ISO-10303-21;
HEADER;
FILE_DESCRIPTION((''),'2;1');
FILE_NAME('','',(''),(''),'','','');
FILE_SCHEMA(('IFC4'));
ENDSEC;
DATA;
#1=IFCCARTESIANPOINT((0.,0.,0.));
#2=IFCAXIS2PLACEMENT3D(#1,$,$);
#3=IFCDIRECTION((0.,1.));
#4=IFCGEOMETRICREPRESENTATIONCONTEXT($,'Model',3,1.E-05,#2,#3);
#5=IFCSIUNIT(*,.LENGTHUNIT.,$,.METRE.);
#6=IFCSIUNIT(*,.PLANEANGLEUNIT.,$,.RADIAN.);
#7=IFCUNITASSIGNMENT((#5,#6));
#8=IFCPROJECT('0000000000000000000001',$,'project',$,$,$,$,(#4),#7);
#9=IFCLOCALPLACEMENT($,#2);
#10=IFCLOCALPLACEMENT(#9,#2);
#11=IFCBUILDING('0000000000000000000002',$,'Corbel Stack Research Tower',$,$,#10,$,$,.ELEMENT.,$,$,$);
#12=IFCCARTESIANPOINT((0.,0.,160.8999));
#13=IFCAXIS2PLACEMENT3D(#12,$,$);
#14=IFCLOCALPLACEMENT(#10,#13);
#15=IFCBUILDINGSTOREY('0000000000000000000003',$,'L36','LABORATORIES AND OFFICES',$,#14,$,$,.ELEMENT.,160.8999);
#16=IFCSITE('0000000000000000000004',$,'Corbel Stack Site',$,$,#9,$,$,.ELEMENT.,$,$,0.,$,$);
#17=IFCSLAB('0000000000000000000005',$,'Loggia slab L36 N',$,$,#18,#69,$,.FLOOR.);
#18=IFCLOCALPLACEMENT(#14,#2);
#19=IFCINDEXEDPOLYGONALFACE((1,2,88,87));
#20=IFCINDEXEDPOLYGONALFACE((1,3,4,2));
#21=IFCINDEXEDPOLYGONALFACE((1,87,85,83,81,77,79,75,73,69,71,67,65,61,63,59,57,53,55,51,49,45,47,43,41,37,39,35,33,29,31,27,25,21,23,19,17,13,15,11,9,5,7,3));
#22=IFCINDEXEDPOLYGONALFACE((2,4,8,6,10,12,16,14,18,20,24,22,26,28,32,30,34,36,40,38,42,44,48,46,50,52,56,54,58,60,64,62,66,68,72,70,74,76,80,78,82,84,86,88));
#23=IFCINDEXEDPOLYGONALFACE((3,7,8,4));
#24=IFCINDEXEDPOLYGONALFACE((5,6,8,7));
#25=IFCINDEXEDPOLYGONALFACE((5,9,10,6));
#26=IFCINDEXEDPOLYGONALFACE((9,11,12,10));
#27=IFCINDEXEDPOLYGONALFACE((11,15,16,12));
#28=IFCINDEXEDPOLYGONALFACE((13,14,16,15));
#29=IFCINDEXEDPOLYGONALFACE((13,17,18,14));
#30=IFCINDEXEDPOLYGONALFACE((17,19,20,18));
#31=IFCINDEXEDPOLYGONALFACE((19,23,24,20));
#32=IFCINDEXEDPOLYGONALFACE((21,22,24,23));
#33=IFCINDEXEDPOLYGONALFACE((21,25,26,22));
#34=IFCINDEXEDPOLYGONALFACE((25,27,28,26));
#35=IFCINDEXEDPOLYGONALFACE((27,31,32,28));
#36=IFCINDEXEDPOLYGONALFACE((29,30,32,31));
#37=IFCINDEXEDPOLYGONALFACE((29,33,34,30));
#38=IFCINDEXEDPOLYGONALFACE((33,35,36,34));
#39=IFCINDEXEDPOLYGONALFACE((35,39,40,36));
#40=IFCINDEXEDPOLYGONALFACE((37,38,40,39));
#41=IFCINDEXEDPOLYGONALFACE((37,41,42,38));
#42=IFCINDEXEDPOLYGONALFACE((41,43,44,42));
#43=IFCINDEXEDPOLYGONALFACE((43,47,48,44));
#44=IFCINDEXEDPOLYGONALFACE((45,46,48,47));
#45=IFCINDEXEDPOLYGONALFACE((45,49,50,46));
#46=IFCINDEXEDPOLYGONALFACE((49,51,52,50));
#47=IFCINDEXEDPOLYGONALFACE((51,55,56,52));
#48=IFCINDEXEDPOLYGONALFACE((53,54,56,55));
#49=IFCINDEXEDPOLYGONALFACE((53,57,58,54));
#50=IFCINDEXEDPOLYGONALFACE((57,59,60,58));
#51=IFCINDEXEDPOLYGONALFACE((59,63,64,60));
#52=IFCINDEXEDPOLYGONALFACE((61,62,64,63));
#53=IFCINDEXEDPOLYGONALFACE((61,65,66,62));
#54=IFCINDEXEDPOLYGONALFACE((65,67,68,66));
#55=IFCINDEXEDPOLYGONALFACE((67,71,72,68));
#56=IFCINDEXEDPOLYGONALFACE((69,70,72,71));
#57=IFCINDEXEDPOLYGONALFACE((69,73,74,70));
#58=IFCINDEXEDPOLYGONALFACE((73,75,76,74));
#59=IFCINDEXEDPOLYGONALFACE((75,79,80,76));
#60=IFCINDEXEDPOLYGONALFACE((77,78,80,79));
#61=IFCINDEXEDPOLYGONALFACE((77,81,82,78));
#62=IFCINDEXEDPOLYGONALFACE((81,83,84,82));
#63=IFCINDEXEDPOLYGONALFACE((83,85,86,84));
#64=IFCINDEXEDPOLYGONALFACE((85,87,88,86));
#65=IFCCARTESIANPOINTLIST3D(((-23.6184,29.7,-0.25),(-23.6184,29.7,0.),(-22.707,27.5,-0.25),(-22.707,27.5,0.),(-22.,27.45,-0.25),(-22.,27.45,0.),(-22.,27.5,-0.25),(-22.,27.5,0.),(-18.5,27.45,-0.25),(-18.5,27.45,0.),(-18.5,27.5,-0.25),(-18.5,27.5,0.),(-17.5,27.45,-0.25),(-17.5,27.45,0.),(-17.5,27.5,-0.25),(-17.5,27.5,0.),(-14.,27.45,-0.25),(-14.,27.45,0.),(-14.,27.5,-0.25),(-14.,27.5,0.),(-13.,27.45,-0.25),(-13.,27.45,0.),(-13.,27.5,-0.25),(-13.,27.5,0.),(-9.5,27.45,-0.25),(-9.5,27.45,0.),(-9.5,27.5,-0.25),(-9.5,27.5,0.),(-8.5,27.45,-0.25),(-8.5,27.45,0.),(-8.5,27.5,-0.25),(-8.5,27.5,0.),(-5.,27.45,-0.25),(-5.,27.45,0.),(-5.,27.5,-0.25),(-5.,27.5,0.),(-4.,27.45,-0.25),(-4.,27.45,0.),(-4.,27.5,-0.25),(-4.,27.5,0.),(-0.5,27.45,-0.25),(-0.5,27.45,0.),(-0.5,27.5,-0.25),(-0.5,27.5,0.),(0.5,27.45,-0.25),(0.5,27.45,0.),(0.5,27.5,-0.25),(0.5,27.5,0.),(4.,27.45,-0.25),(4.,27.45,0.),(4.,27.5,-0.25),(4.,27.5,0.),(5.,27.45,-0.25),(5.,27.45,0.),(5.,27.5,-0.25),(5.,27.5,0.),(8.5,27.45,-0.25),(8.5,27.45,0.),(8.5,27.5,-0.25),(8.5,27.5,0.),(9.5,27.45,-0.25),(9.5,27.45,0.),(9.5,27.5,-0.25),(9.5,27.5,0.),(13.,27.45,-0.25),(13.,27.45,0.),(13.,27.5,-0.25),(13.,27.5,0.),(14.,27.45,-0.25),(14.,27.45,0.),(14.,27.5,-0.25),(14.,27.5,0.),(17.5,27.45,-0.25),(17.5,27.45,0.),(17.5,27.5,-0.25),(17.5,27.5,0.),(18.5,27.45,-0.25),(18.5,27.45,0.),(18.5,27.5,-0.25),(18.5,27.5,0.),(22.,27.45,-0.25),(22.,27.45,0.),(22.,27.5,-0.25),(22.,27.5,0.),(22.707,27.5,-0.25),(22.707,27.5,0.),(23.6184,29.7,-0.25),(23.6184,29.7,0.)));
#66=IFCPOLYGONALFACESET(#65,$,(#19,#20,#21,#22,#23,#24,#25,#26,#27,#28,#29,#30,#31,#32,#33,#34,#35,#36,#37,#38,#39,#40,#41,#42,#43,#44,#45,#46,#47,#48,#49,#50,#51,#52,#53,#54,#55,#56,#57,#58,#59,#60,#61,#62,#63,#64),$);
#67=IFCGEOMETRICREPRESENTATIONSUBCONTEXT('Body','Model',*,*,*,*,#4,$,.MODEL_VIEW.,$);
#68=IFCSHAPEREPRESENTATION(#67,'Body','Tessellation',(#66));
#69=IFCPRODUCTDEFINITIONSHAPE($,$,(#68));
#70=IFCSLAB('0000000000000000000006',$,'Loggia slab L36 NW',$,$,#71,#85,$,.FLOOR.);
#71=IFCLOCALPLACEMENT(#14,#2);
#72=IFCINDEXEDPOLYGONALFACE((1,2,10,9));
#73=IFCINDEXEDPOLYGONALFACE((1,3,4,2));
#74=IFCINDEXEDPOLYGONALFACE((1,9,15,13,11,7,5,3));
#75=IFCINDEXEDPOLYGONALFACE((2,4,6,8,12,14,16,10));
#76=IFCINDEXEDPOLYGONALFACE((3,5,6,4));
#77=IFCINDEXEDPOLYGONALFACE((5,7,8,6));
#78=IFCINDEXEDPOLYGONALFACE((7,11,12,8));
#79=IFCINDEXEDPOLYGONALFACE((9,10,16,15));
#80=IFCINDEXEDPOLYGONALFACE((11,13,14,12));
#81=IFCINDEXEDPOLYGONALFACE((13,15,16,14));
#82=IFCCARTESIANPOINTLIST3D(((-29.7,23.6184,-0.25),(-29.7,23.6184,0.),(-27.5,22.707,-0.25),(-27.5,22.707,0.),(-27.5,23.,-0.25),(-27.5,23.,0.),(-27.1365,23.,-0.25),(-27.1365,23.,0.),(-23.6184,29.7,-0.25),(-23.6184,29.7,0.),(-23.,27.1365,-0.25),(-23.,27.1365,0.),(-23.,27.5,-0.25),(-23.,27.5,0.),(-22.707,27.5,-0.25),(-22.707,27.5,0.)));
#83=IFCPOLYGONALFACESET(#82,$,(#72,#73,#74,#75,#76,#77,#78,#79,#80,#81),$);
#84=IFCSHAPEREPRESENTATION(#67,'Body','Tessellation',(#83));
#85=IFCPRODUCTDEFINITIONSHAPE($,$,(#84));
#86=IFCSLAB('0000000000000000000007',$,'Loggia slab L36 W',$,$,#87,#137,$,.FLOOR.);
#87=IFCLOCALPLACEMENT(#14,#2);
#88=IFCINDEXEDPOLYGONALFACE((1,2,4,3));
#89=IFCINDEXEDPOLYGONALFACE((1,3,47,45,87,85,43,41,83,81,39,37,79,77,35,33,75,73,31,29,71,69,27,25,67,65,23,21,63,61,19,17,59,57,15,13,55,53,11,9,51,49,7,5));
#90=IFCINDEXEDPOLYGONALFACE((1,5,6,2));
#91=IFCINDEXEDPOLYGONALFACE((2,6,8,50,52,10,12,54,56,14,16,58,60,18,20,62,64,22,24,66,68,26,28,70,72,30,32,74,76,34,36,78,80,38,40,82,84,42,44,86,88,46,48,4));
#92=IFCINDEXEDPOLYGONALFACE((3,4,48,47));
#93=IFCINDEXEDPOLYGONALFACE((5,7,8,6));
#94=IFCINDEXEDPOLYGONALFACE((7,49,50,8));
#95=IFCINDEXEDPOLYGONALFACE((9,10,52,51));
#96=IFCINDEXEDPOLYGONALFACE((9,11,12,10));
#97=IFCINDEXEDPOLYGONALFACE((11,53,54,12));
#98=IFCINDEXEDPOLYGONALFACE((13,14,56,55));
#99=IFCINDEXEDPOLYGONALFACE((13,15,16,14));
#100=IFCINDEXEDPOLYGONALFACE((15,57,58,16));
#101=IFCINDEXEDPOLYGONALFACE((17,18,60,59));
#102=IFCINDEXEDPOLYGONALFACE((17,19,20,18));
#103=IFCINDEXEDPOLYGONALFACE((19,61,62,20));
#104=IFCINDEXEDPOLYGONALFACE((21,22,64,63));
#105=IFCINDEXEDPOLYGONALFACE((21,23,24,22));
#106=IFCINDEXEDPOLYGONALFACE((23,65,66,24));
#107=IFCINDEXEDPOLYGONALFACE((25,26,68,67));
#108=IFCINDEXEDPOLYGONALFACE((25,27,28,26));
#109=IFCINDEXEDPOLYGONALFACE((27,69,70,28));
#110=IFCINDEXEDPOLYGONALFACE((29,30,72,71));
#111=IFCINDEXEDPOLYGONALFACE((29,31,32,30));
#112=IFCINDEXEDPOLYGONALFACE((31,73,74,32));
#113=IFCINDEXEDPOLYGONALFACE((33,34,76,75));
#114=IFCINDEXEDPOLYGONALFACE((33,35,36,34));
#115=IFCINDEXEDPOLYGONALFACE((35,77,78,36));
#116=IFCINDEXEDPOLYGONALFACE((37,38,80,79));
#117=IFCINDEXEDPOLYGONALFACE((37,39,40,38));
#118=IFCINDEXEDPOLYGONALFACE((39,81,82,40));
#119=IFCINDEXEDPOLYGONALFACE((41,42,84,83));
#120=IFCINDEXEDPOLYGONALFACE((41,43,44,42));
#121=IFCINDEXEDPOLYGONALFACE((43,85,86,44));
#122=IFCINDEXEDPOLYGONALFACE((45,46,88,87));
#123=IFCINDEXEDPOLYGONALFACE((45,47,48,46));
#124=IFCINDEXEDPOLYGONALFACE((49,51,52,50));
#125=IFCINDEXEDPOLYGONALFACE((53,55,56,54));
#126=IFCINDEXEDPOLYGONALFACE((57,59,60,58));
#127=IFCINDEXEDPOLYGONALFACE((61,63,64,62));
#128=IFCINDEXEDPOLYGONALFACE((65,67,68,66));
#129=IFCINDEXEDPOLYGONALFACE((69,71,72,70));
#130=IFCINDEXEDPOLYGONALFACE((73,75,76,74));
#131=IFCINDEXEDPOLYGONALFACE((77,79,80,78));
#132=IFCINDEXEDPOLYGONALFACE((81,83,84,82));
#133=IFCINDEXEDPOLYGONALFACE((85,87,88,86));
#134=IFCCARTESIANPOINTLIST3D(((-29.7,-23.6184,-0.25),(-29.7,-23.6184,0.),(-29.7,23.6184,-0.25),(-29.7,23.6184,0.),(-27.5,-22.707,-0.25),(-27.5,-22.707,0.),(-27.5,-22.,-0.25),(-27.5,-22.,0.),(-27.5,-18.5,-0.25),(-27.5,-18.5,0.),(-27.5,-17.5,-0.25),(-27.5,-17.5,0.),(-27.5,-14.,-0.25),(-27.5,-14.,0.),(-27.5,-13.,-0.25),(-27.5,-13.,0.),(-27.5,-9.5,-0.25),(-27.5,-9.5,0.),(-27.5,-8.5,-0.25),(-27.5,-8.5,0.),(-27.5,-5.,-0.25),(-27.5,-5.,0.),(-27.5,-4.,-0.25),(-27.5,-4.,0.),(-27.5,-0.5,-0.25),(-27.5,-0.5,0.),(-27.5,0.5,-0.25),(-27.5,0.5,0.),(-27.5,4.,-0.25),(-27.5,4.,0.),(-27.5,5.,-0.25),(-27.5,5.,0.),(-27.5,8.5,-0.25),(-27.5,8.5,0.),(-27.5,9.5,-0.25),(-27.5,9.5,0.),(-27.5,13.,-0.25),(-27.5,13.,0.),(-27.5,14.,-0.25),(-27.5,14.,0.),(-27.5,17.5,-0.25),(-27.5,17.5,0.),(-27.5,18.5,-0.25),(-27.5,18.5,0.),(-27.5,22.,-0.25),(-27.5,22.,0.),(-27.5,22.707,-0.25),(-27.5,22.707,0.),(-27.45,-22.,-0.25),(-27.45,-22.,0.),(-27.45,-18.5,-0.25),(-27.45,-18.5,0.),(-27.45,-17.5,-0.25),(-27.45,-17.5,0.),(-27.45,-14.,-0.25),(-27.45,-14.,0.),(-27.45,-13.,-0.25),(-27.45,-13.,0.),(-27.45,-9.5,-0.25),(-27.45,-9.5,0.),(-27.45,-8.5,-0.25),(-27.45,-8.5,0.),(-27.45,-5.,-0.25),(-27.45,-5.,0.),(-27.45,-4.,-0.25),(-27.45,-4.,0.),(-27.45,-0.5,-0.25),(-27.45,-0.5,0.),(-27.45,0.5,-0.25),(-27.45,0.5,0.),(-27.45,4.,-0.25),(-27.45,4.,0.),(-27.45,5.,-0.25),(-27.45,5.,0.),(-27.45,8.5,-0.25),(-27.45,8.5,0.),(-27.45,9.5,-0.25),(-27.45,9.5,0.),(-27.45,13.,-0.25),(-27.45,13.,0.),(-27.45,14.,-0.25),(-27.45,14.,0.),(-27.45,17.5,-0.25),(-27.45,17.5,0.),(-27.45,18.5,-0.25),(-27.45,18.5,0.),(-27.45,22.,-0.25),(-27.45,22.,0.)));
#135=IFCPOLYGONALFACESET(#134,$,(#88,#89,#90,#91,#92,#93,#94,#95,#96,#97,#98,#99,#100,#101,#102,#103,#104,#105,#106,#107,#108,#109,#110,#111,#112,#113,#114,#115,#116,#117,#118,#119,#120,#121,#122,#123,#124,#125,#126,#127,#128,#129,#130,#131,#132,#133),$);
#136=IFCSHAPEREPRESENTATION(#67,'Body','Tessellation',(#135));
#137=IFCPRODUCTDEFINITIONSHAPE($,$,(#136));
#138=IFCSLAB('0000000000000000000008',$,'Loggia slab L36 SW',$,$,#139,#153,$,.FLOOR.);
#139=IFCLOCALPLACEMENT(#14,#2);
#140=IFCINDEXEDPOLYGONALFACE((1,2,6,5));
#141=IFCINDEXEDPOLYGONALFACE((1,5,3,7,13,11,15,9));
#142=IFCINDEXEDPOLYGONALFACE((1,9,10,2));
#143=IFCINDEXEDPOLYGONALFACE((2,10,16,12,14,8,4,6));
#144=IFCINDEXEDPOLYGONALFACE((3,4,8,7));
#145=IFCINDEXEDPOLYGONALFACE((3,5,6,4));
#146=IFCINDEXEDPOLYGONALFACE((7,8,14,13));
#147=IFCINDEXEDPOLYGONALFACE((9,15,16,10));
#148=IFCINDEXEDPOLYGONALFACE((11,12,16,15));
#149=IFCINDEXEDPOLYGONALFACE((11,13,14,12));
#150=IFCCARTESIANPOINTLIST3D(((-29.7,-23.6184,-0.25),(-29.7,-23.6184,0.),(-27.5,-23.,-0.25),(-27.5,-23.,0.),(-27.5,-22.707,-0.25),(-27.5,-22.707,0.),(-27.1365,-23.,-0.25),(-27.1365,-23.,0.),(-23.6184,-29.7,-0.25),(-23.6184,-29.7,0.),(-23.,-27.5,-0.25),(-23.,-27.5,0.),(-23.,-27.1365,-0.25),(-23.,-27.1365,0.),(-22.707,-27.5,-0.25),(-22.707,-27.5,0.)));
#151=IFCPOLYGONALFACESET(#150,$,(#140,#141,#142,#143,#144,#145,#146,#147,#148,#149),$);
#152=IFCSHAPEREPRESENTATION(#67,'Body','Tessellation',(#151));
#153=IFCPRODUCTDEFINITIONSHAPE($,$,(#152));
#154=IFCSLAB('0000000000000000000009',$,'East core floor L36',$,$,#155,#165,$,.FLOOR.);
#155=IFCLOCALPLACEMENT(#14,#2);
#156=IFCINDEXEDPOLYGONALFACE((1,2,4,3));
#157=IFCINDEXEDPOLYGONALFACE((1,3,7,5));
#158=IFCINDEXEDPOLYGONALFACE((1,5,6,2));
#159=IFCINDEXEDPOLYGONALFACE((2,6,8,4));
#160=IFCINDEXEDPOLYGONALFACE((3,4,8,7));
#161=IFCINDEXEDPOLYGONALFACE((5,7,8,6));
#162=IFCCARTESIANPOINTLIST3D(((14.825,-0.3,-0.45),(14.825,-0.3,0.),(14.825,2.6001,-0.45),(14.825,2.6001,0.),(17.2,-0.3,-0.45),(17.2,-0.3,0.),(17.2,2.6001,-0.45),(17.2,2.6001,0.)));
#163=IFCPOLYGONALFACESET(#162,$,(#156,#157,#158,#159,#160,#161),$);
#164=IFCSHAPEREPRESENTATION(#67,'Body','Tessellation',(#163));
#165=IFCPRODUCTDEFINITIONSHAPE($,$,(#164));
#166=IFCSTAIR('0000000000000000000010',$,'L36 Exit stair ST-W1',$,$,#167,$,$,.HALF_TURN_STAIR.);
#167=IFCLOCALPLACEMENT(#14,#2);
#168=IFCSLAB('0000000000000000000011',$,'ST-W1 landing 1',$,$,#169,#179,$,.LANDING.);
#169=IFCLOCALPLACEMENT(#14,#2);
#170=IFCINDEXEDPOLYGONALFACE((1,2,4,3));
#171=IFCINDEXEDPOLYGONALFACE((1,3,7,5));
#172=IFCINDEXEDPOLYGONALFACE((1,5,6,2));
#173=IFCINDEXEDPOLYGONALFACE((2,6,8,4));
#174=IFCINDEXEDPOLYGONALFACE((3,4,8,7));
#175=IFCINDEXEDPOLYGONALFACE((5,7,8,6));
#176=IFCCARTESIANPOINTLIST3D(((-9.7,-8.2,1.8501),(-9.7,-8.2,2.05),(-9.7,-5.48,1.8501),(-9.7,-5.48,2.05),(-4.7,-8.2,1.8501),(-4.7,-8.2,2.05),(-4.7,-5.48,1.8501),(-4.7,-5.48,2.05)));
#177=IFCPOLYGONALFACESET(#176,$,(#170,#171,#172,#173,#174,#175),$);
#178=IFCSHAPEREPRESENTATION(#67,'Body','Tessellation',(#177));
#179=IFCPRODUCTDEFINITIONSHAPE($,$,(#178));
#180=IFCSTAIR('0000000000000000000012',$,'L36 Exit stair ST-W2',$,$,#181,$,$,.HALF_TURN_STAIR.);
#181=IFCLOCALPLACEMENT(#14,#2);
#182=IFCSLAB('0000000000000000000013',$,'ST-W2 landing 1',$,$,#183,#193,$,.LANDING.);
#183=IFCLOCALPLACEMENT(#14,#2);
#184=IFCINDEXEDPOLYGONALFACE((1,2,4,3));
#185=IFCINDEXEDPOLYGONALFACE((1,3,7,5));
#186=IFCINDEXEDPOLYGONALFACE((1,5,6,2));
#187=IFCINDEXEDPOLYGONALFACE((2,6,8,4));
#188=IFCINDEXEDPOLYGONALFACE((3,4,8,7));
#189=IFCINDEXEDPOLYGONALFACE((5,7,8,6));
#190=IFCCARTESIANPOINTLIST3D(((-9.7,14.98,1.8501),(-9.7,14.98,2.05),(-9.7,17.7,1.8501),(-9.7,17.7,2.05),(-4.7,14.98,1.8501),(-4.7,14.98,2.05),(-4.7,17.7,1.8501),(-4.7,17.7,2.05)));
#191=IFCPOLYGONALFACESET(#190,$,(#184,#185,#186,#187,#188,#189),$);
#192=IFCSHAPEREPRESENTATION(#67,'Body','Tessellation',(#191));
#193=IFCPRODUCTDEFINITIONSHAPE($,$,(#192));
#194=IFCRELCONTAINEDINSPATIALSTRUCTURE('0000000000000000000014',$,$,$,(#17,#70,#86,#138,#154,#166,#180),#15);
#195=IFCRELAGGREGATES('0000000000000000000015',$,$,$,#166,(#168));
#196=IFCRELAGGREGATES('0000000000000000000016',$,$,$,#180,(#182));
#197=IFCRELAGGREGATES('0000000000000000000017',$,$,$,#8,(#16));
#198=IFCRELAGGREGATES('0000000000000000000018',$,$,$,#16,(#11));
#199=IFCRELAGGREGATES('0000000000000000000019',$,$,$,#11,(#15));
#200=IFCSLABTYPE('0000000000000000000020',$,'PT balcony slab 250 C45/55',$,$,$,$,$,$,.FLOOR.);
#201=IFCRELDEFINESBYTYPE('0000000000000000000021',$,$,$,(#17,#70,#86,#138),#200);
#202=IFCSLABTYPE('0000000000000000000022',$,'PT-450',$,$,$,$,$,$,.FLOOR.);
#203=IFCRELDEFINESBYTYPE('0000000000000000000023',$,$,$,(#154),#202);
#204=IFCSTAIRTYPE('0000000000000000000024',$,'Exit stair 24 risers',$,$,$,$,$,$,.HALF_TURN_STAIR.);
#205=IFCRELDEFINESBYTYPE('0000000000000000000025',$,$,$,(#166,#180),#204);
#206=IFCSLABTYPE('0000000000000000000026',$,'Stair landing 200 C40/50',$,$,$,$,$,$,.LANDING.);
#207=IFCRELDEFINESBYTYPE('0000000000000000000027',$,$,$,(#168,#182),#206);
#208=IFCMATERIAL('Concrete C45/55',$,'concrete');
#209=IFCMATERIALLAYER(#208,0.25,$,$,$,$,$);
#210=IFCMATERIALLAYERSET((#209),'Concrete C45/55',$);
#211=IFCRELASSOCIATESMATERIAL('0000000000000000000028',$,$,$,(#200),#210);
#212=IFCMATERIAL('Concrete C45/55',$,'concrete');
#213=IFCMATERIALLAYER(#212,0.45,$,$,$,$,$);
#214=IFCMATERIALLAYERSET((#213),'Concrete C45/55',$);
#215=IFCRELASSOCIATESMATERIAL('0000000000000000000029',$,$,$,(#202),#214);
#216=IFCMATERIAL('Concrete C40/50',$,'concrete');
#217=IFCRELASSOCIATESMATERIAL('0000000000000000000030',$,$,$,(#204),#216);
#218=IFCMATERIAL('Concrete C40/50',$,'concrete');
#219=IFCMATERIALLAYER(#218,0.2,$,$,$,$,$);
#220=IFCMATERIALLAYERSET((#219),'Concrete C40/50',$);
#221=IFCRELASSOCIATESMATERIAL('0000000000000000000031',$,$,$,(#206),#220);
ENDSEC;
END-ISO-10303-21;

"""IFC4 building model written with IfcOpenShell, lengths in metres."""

from ifc_helpers import new_model, si_unit, direction, frame, origin, place, context, subcontext, project, spatial, polyline, outline, extrude, material, layer, layer_set, type_object, element, aggregate, save


model = new_model("IFC4")

# Units and contexts
model_context = context("Model", 3, precision=1e-05, world=origin(), true_north=direction((0.0, 1.0)))
body_context = subcontext(model_context, "Body", "Model", "MODEL_VIEW")
ifc_project = project(units=[si_unit("LENGTHUNIT", "METRE"), si_unit("PLANEANGLEUNIT", "RADIAN")], contexts=[model_context])

# Site, building, storey
site_placement = place(None, origin())
site = spatial("IfcSite", under=ifc_project, at=site_placement, Name="Corbel Stack Site", CompositionType="ELEMENT", RefElevation=0.0)
building_placement = place(site_placement, origin())
building = spatial("IfcBuilding", under=site, at=building_placement, Name="Corbel Stack Research Tower", CompositionType="ELEMENT")
storey_placement = place(building_placement, frame((0.0, 0.0, 160.8999)))
storey = spatial("IfcBuildingStorey", under=building, at=storey_placement, Name="L36", Description="LABORATORIES AND OFFICES", CompositionType="ELEMENT", Elevation=160.8999)

# Slabs
ifc_material_1 = material(Name="Concrete C45/55", Category="concrete")
ifc_layer_1 = layer(ifc_material_1, 0.25)
ifc_layer_set_1 = layer_set([ifc_layer_1], Name="Concrete C45/55")
slab_type_1 = type_object("IfcSlabType", Name="PT balcony slab 250 C45/55", PredefinedType="FLOOR", material=ifc_layer_set_1)
slab_1_placement = place(storey_placement, frame((0.0, 0.0, -0.25)))
element("IfcSlab", 1, at=slab_1_placement, inside=storey, type_object=slab_type_1, Name="Loggia slab L36 N", PredefinedType="FLOOR", context=body_context, shape_type="SweptSolid", body=[
    extrude(outline(polyline([(-22.707, 27.5), (-22.0, 27.5), (-22.0, 27.45), (-18.5, 27.45), (-18.5, 27.5), (-17.5, 27.5), (-17.5, 27.45), (-14.0, 27.45), (-14.0, 27.5), (-13.0, 27.5), (-13.0, 27.45), (-9.5, 27.45), (-9.5, 27.5), (-8.5, 27.5), (-8.5, 27.45), (-5.0, 27.45), (-5.0, 27.5), (-4.0, 27.5), (-4.0, 27.45), (-0.5, 27.45), (-0.5, 27.5), (0.5, 27.5), (0.5, 27.45), (4.0, 27.45), (4.0, 27.5), (5.0, 27.5), (5.0, 27.45), (8.5, 27.45), (8.5, 27.5), (9.5, 27.5), (9.5, 27.45), (13.0, 27.45), (13.0, 27.5), (14.0, 27.5), (14.0, 27.45), (17.5, 27.45), (17.5, 27.5), (18.5, 27.5), (18.5, 27.45), (22.0, 27.45), (22.0, 27.5), (22.707, 27.5), (23.6184, 29.7), (-23.6184, 29.7), (-22.707, 27.5)])), origin(), (0.0, 0.0, 1.0), 0.25),
])
slab_2_placement = place(storey_placement, frame((0.0, 0.0, -0.25)))
element("IfcSlab", 2, at=slab_2_placement, inside=storey, type_object=slab_type_1, Name="Loggia slab L36 NW", PredefinedType="FLOOR", context=body_context, shape_type="SweptSolid", body=[
    extrude(outline(polyline([(-27.5, 22.707), (-27.5, 23.0), (-27.1365, 23.0), (-23.0, 27.1365), (-23.0, 27.5), (-22.707, 27.5), (-23.6184, 29.7), (-29.7, 23.6184), (-27.5, 22.707)])), origin(), (0.0, 0.0, 1.0), 0.25),
])
slab_3_placement = place(storey_placement, frame((0.0, 0.0, -0.25)))
element("IfcSlab", 3, at=slab_3_placement, inside=storey, type_object=slab_type_1, Name="Loggia slab L36 W", PredefinedType="FLOOR", context=body_context, shape_type="SweptSolid", body=[
    extrude(outline(polyline([(-27.5, -22.707), (-27.5, -22.0), (-27.45, -22.0), (-27.45, -18.5), (-27.5, -18.5), (-27.5, -17.5), (-27.45, -17.5), (-27.45, -14.0), (-27.5, -14.0), (-27.5, -13.0), (-27.45, -13.0), (-27.45, -9.5), (-27.5, -9.5), (-27.5, -8.5), (-27.45, -8.5), (-27.45, -5.0), (-27.5, -5.0), (-27.5, -4.0), (-27.45, -4.0), (-27.45, -0.5), (-27.5, -0.5), (-27.5, 0.5), (-27.45, 0.5), (-27.45, 4.0), (-27.5, 4.0), (-27.5, 5.0), (-27.45, 5.0), (-27.45, 8.5), (-27.5, 8.5), (-27.5, 9.5), (-27.45, 9.5), (-27.45, 13.0), (-27.5, 13.0), (-27.5, 14.0), (-27.45, 14.0), (-27.45, 17.5), (-27.5, 17.5), (-27.5, 18.5), (-27.45, 18.5), (-27.45, 22.0), (-27.5, 22.0), (-27.5, 22.707), (-29.7, 23.6184), (-29.7, -23.6184), (-27.5, -22.707)])), origin(), (0.0, 0.0, 1.0), 0.25),
])
slab_4_placement = place(storey_placement, frame((0.0, 0.0, -0.25)))
element("IfcSlab", 4, at=slab_4_placement, inside=storey, type_object=slab_type_1, Name="Loggia slab L36 SW", PredefinedType="FLOOR", context=body_context, shape_type="SweptSolid", body=[
    extrude(outline(polyline([(-22.707, -27.5), (-23.0, -27.5), (-23.0, -27.1365), (-27.1365, -23.0), (-27.5, -23.0), (-27.5, -22.707), (-29.7, -23.6184), (-23.6184, -29.7), (-22.707, -27.5)])), origin(), (0.0, 0.0, 1.0), 0.25),
])
ifc_material_2 = material(Name="Concrete C45/55", Category="concrete")
ifc_layer_2 = layer(ifc_material_2, 0.45)
ifc_layer_set_2 = layer_set([ifc_layer_2], Name="Concrete C45/55")
slab_type_2 = type_object("IfcSlabType", Name="PT-450", PredefinedType="FLOOR", material=ifc_layer_set_2)
slab_5_placement = place(storey_placement, frame((0.0, 0.0, -0.45)))
element("IfcSlab", 5, at=slab_5_placement, inside=storey, type_object=slab_type_2, Name="East core floor L36", PredefinedType="FLOOR", context=body_context, shape_type="SweptSolid", body=[
    extrude(outline(polyline([(17.2, -0.3), (17.2, 2.6001), (14.825, 2.6001), (14.825, -0.3), (17.2, -0.3)])), origin(), (0.0, 0.0, 1.0), 0.45),
])

# Stairs, slabs
ifc_material_3 = material(Name="Concrete C40/50", Category="concrete")
stair_type = type_object("IfcStairType", Name="Exit stair 24 risers", PredefinedType="HALF_TURN_STAIR", material=ifc_material_3)
stair_1_placement = place(storey_placement, origin())
stair_1 = element("IfcStair", 6, at=stair_1_placement, inside=storey, type_object=stair_type, Name="L36 Exit stair ST-W1", PredefinedType="HALF_TURN_STAIR")
ifc_material_4 = material(Name="Concrete C40/50", Category="concrete")
ifc_layer_3 = layer(ifc_material_4, 0.2)
ifc_layer_set_3 = layer_set([ifc_layer_3], Name="Concrete C40/50")
slab_type_3 = type_object("IfcSlabType", Name="Stair landing 200 C40/50", PredefinedType="LANDING", material=ifc_layer_set_3)
slab_6_placement = place(storey_placement, frame((0.0, 0.0, 1.8501)))
slab_6 = element("IfcSlab", 7, at=slab_6_placement, type_object=slab_type_3, Name="ST-W1 landing 1", PredefinedType="LANDING", context=body_context, shape_type="SweptSolid", body=[
    extrude(outline(polyline([(-9.7, -8.2), (-9.7, -5.48), (-4.7, -5.48), (-4.7, -8.2), (-9.7, -8.2)])), origin(), (0.0, 0.0, 1.0), 0.2),
])
aggregate(stair_1, [slab_6])
stair_2_placement = place(storey_placement, origin())
stair_2 = element("IfcStair", 8, at=stair_2_placement, inside=storey, type_object=stair_type, Name="L36 Exit stair ST-W2", PredefinedType="HALF_TURN_STAIR")
slab_7_placement = place(storey_placement, frame((0.0, 0.0, 1.8501)))
slab_7 = element("IfcSlab", 9, at=slab_7_placement, type_object=slab_type_3, Name="ST-W2 landing 1", PredefinedType="LANDING", context=body_context, shape_type="SweptSolid", body=[
    extrude(outline(polyline([(-9.7, 14.98), (-9.7, 17.7), (-4.7, 17.7), (-4.7, 14.98), (-9.7, 14.98)])), origin(), (0.0, 0.0, 1.0), 0.2),
])

aggregate(stair_2, [slab_7])

save(model, "model.ifc")
